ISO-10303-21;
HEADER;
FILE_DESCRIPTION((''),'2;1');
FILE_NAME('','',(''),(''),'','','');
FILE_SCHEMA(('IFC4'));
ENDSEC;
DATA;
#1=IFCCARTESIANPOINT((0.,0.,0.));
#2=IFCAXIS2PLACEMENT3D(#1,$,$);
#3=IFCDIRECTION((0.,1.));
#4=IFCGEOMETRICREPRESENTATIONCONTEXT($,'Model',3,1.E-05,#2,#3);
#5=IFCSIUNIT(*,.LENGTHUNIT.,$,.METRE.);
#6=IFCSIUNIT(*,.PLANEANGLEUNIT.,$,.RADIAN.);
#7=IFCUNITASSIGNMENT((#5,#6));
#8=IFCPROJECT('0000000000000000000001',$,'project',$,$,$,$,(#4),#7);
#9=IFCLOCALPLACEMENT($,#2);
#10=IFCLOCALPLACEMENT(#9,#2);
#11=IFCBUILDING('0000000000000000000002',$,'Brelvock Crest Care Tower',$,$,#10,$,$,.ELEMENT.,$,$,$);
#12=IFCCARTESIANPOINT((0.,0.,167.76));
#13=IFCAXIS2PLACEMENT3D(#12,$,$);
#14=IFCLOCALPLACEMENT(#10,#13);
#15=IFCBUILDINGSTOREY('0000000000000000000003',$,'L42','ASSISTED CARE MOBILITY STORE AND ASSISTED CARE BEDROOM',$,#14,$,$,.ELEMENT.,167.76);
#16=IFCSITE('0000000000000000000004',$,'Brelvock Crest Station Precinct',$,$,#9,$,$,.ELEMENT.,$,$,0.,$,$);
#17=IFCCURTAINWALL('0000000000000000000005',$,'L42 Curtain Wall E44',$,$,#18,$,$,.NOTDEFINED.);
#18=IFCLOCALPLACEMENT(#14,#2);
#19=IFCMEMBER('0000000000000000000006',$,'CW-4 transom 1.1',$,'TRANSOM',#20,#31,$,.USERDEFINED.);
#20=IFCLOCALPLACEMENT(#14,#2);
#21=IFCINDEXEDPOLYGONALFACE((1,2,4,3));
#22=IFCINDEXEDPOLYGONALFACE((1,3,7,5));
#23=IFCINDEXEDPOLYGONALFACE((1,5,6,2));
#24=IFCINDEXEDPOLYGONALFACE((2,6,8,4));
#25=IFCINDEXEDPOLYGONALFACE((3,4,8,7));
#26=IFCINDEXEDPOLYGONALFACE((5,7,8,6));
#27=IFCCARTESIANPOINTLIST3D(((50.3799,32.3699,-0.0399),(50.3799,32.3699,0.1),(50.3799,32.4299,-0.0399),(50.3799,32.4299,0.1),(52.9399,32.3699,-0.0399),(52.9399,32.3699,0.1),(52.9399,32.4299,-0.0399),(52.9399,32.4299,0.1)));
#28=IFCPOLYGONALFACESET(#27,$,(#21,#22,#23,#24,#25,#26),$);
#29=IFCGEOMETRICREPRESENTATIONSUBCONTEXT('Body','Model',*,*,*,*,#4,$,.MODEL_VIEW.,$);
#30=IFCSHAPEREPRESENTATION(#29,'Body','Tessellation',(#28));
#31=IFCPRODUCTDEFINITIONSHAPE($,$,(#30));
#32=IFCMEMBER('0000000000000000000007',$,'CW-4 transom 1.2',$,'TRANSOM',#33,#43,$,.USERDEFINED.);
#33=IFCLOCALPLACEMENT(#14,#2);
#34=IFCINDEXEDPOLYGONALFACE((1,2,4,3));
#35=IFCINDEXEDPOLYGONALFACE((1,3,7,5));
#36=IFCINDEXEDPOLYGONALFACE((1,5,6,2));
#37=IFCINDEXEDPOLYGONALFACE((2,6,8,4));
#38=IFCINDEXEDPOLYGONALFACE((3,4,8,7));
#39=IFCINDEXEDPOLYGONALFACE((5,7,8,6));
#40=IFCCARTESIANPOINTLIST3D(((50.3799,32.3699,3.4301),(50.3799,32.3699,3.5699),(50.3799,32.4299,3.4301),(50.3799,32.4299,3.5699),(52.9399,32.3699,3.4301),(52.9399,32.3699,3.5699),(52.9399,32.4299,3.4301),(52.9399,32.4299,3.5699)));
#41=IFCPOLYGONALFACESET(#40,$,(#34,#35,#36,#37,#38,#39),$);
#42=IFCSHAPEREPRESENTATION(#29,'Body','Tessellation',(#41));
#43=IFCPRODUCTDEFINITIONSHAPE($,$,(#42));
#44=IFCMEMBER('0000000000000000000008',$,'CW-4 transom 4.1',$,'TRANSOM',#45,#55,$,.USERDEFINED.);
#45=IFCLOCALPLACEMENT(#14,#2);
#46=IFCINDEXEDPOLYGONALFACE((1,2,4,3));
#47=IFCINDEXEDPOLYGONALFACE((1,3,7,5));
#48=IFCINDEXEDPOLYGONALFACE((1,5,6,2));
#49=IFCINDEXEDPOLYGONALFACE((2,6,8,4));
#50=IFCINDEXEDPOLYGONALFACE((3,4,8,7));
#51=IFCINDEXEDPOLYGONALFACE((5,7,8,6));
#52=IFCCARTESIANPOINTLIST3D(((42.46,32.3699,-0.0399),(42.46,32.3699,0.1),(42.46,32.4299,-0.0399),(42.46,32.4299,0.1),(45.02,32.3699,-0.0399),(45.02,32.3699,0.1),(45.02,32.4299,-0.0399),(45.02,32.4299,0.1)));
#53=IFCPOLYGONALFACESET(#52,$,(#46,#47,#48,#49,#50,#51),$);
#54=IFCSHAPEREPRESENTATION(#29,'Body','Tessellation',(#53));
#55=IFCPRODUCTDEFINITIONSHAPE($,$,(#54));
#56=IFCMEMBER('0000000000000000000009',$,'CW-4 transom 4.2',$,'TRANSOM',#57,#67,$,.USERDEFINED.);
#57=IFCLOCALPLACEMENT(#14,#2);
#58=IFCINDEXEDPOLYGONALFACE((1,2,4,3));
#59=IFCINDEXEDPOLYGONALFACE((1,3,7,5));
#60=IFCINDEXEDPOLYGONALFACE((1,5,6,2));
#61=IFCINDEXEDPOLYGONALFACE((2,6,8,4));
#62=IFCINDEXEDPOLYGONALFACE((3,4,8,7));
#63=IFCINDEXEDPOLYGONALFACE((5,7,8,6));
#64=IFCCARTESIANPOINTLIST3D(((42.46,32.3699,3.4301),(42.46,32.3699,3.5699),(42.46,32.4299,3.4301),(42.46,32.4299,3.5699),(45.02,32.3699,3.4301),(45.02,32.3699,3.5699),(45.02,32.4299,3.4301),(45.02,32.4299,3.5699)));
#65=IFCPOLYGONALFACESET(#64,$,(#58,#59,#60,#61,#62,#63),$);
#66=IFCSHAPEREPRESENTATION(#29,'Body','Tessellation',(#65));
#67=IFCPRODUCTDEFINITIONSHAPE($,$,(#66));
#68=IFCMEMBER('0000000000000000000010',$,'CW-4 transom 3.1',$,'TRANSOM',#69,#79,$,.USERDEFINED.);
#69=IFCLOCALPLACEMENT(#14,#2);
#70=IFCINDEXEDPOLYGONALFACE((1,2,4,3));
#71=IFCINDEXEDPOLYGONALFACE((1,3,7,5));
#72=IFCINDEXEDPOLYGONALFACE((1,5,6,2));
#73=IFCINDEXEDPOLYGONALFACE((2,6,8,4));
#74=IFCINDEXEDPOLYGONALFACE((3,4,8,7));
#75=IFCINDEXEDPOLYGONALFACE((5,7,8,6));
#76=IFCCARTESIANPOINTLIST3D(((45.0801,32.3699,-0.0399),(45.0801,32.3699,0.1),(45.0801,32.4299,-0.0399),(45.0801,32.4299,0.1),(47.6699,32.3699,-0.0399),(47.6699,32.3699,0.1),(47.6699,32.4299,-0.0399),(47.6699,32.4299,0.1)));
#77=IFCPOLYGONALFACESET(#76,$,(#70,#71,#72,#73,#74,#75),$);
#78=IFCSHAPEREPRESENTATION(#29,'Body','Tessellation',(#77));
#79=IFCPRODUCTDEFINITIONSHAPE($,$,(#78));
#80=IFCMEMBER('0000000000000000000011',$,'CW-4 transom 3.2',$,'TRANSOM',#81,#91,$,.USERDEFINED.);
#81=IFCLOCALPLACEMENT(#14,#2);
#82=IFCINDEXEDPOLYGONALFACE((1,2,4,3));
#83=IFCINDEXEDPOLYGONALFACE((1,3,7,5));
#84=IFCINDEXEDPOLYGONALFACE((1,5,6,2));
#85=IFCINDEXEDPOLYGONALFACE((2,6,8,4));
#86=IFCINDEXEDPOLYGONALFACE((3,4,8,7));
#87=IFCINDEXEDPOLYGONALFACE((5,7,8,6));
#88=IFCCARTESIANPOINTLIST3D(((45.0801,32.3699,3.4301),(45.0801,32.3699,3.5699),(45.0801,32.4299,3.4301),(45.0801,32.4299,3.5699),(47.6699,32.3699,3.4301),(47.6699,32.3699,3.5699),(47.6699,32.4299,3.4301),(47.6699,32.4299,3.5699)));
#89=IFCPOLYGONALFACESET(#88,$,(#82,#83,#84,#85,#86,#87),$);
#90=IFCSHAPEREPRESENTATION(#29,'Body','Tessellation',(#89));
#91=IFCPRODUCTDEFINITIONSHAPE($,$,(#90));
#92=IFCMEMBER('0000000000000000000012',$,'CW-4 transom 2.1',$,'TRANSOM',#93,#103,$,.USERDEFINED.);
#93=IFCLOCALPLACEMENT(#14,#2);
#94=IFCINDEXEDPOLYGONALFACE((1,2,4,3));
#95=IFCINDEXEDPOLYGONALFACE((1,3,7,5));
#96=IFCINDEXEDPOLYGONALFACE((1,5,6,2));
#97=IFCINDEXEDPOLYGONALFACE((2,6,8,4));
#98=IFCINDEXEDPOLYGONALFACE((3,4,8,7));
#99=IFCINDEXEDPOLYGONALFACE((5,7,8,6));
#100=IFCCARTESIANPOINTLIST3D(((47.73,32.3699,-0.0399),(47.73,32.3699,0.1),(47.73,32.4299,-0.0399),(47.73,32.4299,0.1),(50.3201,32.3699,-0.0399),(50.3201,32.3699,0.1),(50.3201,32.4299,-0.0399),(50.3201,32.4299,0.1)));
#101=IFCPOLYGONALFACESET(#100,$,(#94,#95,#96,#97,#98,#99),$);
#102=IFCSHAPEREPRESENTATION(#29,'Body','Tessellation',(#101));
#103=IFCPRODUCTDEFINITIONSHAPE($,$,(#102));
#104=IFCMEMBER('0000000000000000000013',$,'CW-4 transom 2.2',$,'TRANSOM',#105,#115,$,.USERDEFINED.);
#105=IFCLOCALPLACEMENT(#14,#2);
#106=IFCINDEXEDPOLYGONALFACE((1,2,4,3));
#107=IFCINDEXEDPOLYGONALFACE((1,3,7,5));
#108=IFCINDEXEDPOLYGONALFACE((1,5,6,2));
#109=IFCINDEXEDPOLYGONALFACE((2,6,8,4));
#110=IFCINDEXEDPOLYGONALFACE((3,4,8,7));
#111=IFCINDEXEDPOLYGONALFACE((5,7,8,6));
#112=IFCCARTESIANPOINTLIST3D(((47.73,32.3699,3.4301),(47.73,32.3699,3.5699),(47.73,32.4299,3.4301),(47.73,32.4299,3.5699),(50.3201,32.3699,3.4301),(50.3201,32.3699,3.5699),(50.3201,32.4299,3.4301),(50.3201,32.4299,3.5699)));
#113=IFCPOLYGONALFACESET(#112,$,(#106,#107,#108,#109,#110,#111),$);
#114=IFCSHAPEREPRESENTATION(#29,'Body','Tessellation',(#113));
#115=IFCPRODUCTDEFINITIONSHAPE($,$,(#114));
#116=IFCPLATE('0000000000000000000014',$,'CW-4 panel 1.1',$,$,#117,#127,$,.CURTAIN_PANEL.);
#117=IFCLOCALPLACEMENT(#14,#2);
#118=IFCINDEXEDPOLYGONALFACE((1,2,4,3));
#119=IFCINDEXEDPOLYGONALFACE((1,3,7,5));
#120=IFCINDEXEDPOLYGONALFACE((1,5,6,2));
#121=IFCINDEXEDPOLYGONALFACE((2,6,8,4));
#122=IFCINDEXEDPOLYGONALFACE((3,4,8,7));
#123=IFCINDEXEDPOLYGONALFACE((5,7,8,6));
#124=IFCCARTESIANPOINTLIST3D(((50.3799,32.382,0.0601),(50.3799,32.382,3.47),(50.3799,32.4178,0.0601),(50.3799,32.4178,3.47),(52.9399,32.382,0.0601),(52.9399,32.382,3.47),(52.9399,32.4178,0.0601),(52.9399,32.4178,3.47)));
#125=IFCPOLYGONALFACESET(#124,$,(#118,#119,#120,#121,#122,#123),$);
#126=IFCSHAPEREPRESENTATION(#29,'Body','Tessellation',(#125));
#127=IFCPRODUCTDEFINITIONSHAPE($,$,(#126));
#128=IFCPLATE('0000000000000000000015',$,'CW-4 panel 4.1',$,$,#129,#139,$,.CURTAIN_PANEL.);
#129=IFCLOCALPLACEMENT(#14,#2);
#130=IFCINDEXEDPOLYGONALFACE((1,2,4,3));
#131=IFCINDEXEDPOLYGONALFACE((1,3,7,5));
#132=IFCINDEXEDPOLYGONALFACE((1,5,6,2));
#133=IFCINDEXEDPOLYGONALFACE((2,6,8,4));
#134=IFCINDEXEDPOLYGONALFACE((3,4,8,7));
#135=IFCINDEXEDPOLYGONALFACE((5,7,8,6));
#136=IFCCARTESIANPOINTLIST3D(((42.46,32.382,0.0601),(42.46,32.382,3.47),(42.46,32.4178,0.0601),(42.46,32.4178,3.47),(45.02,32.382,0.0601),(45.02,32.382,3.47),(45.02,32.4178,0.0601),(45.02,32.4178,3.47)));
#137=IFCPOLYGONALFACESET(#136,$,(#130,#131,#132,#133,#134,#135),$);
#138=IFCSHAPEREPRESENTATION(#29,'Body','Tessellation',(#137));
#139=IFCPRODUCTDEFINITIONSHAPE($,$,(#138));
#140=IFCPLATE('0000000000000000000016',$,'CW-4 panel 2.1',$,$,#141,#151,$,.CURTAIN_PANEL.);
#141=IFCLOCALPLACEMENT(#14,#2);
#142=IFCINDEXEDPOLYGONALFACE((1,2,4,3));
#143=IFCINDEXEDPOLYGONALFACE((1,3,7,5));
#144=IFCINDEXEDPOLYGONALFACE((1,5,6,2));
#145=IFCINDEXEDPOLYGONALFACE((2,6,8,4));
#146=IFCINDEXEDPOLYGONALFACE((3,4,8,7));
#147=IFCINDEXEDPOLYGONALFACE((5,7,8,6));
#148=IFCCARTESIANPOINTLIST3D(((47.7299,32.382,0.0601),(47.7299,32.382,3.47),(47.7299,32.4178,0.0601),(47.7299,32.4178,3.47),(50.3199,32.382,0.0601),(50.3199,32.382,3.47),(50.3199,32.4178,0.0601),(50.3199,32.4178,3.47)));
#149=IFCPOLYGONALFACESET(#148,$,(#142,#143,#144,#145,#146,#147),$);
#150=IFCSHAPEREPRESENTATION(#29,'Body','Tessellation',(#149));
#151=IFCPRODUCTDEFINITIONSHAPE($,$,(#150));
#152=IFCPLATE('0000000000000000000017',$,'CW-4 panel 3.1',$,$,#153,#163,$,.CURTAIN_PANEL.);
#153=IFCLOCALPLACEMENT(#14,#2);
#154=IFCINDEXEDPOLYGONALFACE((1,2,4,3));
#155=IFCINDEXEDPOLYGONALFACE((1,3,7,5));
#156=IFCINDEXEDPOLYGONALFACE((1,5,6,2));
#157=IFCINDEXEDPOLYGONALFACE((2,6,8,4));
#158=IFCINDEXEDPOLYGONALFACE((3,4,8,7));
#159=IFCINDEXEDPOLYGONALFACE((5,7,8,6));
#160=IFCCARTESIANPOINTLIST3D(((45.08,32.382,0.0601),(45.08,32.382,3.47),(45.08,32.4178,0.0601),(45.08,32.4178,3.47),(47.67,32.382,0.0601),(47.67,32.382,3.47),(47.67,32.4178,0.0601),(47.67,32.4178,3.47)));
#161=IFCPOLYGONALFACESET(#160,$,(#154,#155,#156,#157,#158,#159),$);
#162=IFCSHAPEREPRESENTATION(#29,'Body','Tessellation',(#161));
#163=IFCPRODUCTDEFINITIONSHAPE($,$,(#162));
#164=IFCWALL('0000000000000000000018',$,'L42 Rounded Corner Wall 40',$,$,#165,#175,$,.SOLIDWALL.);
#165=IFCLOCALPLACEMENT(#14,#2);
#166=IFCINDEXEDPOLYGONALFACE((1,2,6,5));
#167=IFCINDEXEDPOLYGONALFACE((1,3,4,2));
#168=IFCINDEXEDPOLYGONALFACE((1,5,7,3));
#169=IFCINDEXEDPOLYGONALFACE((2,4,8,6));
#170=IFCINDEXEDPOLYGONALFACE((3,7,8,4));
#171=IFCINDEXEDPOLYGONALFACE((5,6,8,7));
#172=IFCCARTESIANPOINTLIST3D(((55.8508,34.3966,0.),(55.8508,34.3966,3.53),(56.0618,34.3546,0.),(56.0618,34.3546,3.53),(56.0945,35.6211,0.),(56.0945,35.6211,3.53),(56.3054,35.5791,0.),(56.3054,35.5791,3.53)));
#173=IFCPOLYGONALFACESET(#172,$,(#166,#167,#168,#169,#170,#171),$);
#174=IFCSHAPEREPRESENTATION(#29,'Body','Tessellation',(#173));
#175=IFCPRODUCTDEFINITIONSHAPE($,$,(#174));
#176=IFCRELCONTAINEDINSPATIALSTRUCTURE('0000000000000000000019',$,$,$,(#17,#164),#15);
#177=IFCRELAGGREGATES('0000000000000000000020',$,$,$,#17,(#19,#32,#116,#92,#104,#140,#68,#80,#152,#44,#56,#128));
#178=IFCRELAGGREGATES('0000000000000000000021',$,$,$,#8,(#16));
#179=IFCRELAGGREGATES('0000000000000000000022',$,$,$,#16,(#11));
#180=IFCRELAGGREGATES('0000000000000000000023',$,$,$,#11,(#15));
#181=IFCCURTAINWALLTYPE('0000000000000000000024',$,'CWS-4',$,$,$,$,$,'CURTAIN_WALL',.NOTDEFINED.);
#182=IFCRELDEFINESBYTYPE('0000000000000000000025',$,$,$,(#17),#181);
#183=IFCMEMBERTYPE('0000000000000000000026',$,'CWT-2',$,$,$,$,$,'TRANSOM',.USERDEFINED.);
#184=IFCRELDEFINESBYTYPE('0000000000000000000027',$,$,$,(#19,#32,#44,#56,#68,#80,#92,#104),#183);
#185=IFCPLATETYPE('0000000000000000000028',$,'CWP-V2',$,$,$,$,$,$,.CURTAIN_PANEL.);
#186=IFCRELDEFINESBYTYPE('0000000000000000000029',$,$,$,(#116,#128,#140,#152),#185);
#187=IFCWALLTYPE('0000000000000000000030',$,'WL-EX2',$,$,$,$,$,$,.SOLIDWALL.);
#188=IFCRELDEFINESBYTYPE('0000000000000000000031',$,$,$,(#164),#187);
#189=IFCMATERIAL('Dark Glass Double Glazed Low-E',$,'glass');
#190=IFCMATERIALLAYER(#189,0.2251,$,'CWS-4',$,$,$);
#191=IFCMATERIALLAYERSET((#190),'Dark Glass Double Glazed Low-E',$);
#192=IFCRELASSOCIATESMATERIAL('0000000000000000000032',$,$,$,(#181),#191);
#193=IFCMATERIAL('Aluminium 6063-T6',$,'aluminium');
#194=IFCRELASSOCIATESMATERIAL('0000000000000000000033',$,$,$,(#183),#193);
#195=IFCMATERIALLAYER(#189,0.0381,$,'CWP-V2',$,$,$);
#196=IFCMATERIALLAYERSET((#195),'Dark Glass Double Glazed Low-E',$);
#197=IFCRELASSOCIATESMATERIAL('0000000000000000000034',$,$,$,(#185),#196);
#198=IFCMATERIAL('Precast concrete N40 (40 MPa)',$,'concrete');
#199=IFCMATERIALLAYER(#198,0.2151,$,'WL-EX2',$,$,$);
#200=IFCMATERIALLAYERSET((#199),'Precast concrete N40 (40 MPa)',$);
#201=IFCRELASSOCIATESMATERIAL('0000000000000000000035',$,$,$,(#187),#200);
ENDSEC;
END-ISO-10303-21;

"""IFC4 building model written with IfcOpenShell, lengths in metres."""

from ifc_helpers import new_model, si_unit, direction, frame, frame_2d, origin, origin_2d, place, context, subcontext, project, spatial, rectangle, extrude, source, transform, mapped, material, layer, layer_set, material_profile, profile_set, type_object, element, aggregate, save


model = new_model("IFC4")

# Units and contexts
model_context = context("Model", 3, precision=1e-05, world=origin(), true_north=direction((0.0, 1.0)))
body_context = subcontext(model_context, "Body", "Model", "MODEL_VIEW")
ifc_project = project(units=[si_unit("LENGTHUNIT", "METRE"), si_unit("PLANEANGLEUNIT", "RADIAN")], contexts=[model_context])

# Site, building, storey
site_placement = place(None, origin())
site = spatial("IfcSite", under=ifc_project, at=site_placement, Name="Brelvock Crest Station Precinct", CompositionType="ELEMENT", RefElevation=0.0)
building_placement = place(site_placement, origin())
building = spatial("IfcBuilding", under=site, at=building_placement, Name="Brelvock Crest Care Tower", CompositionType="ELEMENT")
storey_placement = place(building_placement, frame((0.0, 0.0, 167.76)))
storey = spatial("IfcBuildingStorey", under=building, at=storey_placement, Name="L42", Description="ASSISTED CARE MOBILITY STORE AND ASSISTED CARE BEDROOM", CompositionType="ELEMENT", Elevation=167.76)

# Shared definitions
ifc_material_1 = material(Name="Dark Glass Double Glazed Low-E", Category="glass")
ifc_layer_1 = layer(ifc_material_1, 0.2251, Name="CWS-4")
ifc_layer_set_1 = layer_set([ifc_layer_1], Name="Dark Glass Double Glazed Low-E")
curtain_wall_type = type_object("IfcCurtainWallType", Name="CWS-4", ElementType="CURTAIN_WALL", PredefinedType="NOTDEFINED", material=ifc_layer_set_1)
ifc_material_2 = material(Name="Aluminium 6063-T6", Category="aluminium")

# Curtain wall, members, plates
curtain_wall_1_placement = place(storey_placement, origin())
curtain_wall_1 = element("IfcCurtainWall", 1, at=curtain_wall_1_placement, inside=storey, type_object=curtain_wall_type, Name="L42 Curtain Wall E44", PredefinedType="NOTDEFINED")
ifc_material_profile_1 = material_profile(ifc_material_2, rectangle(XDim=0.0601, YDim=0.1399, at=origin_2d()), Name="ALU60x140")
ifc_profile_set_1 = profile_set([ifc_material_profile_1], Name="Aluminium 6063-T6")
member_type_1 = type_object("IfcMemberType", Name="CWT-2", ElementType="TRANSOM", PredefinedType="USERDEFINED", material=ifc_profile_set_1)
shared_shape_1 = source(origin(), body_context, "Body", "SweptSolid", [
    extrude(rectangle(XDim=0.0601, YDim=0.1399, at=origin_2d()), origin(), (0.0, 0.0, 1.0), 2.5601),
])
member_1_placement = place(storey_placement, frame((52.9399, 32.3999, 0.03), z_axis=(-1.0, 0.0, 0.0), x_axis=(0.0, -1.0, 0.0)))
member_1 = element("IfcMember", 2, at=member_1_placement, type_object=member_type_1, Name="CW-4 transom 1.1", ObjectType="TRANSOM", PredefinedType="USERDEFINED", context=body_context, shape_type="MappedRepresentation", body=[
    mapped(shared_shape_1, transform((0.0, 0.0, 0.0), x_axis=(1.0, 0.0, 0.0), y_axis=(0.0, 1.0, 0.0), z_axis=(0.0, 0.0, 1.0), scale=1.0)),
])
member_2_placement = place(storey_placement, frame((52.9399, 32.3999, 3.5), z_axis=(-1.0, 0.0, 0.0), x_axis=(0.0, -1.0, 0.0)))
member_2 = element("IfcMember", 3, at=member_2_placement, type_object=member_type_1, Name="CW-4 transom 1.2", ObjectType="TRANSOM", PredefinedType="USERDEFINED", context=body_context, shape_type="MappedRepresentation", body=[
    mapped(shared_shape_1, transform((0.0, 0.0, 0.0), x_axis=(1.0, 0.0, 0.0), y_axis=(0.0, 1.0, 0.0), z_axis=(0.0, 0.0, 1.0), scale=1.0)),
])
member_3_placement = place(storey_placement, frame((45.02, 32.3999, 0.03), z_axis=(-1.0, 0.0, 0.0), x_axis=(0.0, -1.0, 0.0)))
member_3 = element("IfcMember", 4, at=member_3_placement, type_object=member_type_1, Name="CW-4 transom 4.1", ObjectType="TRANSOM", PredefinedType="USERDEFINED", context=body_context, shape_type="MappedRepresentation", body=[
    mapped(shared_shape_1, transform((0.0, 0.0, 0.0), x_axis=(1.0, 0.0, 0.0), y_axis=(0.0, 1.0, 0.0), z_axis=(0.0, 0.0, 1.0), scale=1.0)),
])
member_4_placement = place(storey_placement, frame((45.02, 32.3999, 3.5), z_axis=(-1.0, 0.0, 0.0), x_axis=(0.0, -1.0, 0.0)))
member_4 = element("IfcMember", 5, at=member_4_placement, type_object=member_type_1, Name="CW-4 transom 4.2", ObjectType="TRANSOM", PredefinedType="USERDEFINED", context=body_context, shape_type="MappedRepresentation", body=[
    mapped(shared_shape_1, transform((0.0, 0.0, 0.0), x_axis=(1.0, 0.0, 0.0), y_axis=(0.0, 1.0, 0.0), z_axis=(0.0, 0.0, 1.0), scale=1.0)),
])
shared_shape_2 = source(origin(), body_context, "Body", "SweptSolid", [
    extrude(rectangle(XDim=0.0601, YDim=0.1399, at=origin_2d()), origin(), (0.0, 0.0, 1.0), 2.5898),
])
member_5_placement = place(storey_placement, frame((47.6699, 32.3999, 0.03), z_axis=(-1.0, 0.0, 0.0), x_axis=(0.0, -1.0, 0.0)))
member_5 = element("IfcMember", 6, at=member_5_placement, type_object=member_type_1, Name="CW-4 transom 3.1", ObjectType="TRANSOM", PredefinedType="USERDEFINED", context=body_context, shape_type="MappedRepresentation", body=[
    mapped(shared_shape_2, transform((0.0, 0.0, 0.0), x_axis=(1.0, 0.0, 0.0), y_axis=(0.0, 1.0, 0.0), z_axis=(0.0, 0.0, 1.0), scale=1.0)),
])
member_6_placement = place(storey_placement, frame((47.6699, 32.3999, 3.5), z_axis=(-1.0, 0.0, 0.0), x_axis=(0.0, -1.0, 0.0)))
member_6 = element("IfcMember", 7, at=member_6_placement, type_object=member_type_1, Name="CW-4 transom 3.2", ObjectType="TRANSOM", PredefinedType="USERDEFINED", context=body_context, shape_type="MappedRepresentation", body=[
    mapped(shared_shape_2, transform((0.0, 0.0, 0.0), x_axis=(1.0, 0.0, 0.0), y_axis=(0.0, 1.0, 0.0), z_axis=(0.0, 0.0, 1.0), scale=1.0)),
])
shared_shape_3 = source(origin(), body_context, "Body", "SweptSolid", [
    extrude(rectangle(XDim=0.0601, YDim=0.1399, at=origin_2d()), origin(), (0.0, 0.0, 1.0), 2.5901),
])
member_7_placement = place(storey_placement, frame((50.3201, 32.3999, 0.03), z_axis=(-1.0, 0.0, 0.0), x_axis=(0.0, -1.0, 0.0)))
member_7 = element("IfcMember", 8, at=member_7_placement, type_object=member_type_1, Name="CW-4 transom 2.1", ObjectType="TRANSOM", PredefinedType="USERDEFINED", context=body_context, shape_type="MappedRepresentation", body=[
    mapped(shared_shape_3, transform((0.0, 0.0, 0.0), x_axis=(1.0, 0.0, 0.0), y_axis=(0.0, 1.0, 0.0), z_axis=(0.0, 0.0, 1.0), scale=1.0)),
])
member_8_placement = place(storey_placement, frame((50.3201, 32.3999, 3.5), z_axis=(-1.0, 0.0, 0.0), x_axis=(0.0, -1.0, 0.0)))
member_8 = element("IfcMember", 9, at=member_8_placement, type_object=member_type_1, Name="CW-4 transom 2.2", ObjectType="TRANSOM", PredefinedType="USERDEFINED", context=body_context, shape_type="MappedRepresentation", body=[
    mapped(shared_shape_3, transform((0.0, 0.0, 0.0), x_axis=(1.0, 0.0, 0.0), y_axis=(0.0, 1.0, 0.0), z_axis=(0.0, 0.0, 1.0), scale=1.0)),
])
ifc_layer_2 = layer(ifc_material_1, 0.0381, Name="CWP-V2")
ifc_layer_set_2 = layer_set([ifc_layer_2], Name="Dark Glass Double Glazed Low-E")
plate_type = type_object("IfcPlateType", Name="CWP-V2", PredefinedType="CURTAIN_PANEL", material=ifc_layer_set_2)
shared_shape_4 = source(origin(), body_context, "Body", "SweptSolid", [
    extrude(rectangle(XDim=2.5601, YDim=0.0359, at=origin_2d()), origin(), (0.0, 0.0, 1.0), 3.4099),
])
plate_1_placement = place(storey_placement, frame((51.6599, 32.3999, 0.0601), z_axis=(0.0, 0.0, 1.0), x_axis=(-1.0, 0.0, 0.0)))
plate_1 = element("IfcPlate", 10, at=plate_1_placement, type_object=plate_type, Name="CW-4 panel 1.1", PredefinedType="CURTAIN_PANEL", context=body_context, shape_type="MappedRepresentation", body=[
    mapped(shared_shape_4, transform((0.0, 0.0, 0.0), x_axis=(1.0, 0.0, 0.0), y_axis=(0.0, 1.0, 0.0), z_axis=(0.0, 0.0, 1.0), scale=1.0)),
])
plate_2_placement = place(storey_placement, frame((43.74, 32.3999, 0.0601), z_axis=(0.0, 0.0, 1.0), x_axis=(-1.0, 0.0, 0.0)))
plate_2 = element("IfcPlate", 11, at=plate_2_placement, type_object=plate_type, Name="CW-4 panel 4.1", PredefinedType="CURTAIN_PANEL", context=body_context, shape_type="MappedRepresentation", body=[
    mapped(shared_shape_4, transform((0.0, 0.0, 0.0), x_axis=(1.0, 0.0, 0.0), y_axis=(0.0, 1.0, 0.0), z_axis=(0.0, 0.0, 1.0), scale=1.0)),
])
shared_shape_5 = source(origin(), body_context, "Body", "SweptSolid", [
    extrude(rectangle(XDim=2.5901, YDim=0.0359, at=origin_2d()), origin(), (0.0, 0.0, 1.0), 3.4099),
])
plate_3_placement = place(storey_placement, frame((49.0249, 32.3999, 0.0601), z_axis=(0.0, 0.0, 1.0), x_axis=(-1.0, 0.0, 0.0)))
plate_3 = element("IfcPlate", 12, at=plate_3_placement, type_object=plate_type, Name="CW-4 panel 2.1", PredefinedType="CURTAIN_PANEL", context=body_context, shape_type="MappedRepresentation", body=[
    mapped(shared_shape_5, transform((0.0, 0.0, 0.0), x_axis=(1.0, 0.0, 0.0), y_axis=(0.0, 1.0, 0.0), z_axis=(0.0, 0.0, 1.0), scale=1.0)),
])
plate_4_placement = place(storey_placement, frame((46.375, 32.3999, 0.0601), z_axis=(0.0, 0.0, 1.0), x_axis=(-1.0, 0.0, 0.0)))
plate_4 = element("IfcPlate", 13, at=plate_4_placement, type_object=plate_type, Name="CW-4 panel 3.1", PredefinedType="CURTAIN_PANEL", context=body_context, shape_type="MappedRepresentation", body=[
    mapped(shared_shape_5, transform((0.0, 0.0, 0.0), x_axis=(1.0, 0.0, 0.0), y_axis=(0.0, 1.0, 0.0), z_axis=(0.0, 0.0, 1.0), scale=1.0)),
])
aggregate(curtain_wall_1, [member_1, member_2, plate_1, member_7, member_8, plate_3, member_5, member_6, plate_4, member_3, member_4, plate_2])

# Wall
ifc_material_3 = material(Name="Precast concrete N40 (40 MPa)", Category="concrete")
ifc_layer_3 = layer(ifc_material_3, 0.2151, Name="WL-EX2")
ifc_layer_set_3 = layer_set([ifc_layer_3], Name="Precast concrete N40 (40 MPa)")
wall_type_1 = type_object("IfcWallType", Name="WL-EX2", PredefinedType="SOLIDWALL", material=ifc_layer_set_3)
for number, where, z_axis, x_axis, name in (
    (14, (56.2, 35.6001, 0.0), (0.0, 0.0, 1.0), (-0.195138, -0.980776, 0.0), "L42 Rounded Corner Wall 40"),
):
    element("IfcWall", number, at=place(storey_placement, frame(where, z_axis=z_axis, x_axis=x_axis)), inside=storey, type_object=wall_type_1, Name=name, PredefinedType="SOLIDWALL", context=body_context, shape_type="SweptSolid", body=[
        extrude(rectangle(XDim=1.2485, YDim=0.2151, at=frame_2d((0.6243, 0.0))), origin(), (0.0, 0.0, 1.0), 3.53),
    ])

save(model, "model.ifc")
